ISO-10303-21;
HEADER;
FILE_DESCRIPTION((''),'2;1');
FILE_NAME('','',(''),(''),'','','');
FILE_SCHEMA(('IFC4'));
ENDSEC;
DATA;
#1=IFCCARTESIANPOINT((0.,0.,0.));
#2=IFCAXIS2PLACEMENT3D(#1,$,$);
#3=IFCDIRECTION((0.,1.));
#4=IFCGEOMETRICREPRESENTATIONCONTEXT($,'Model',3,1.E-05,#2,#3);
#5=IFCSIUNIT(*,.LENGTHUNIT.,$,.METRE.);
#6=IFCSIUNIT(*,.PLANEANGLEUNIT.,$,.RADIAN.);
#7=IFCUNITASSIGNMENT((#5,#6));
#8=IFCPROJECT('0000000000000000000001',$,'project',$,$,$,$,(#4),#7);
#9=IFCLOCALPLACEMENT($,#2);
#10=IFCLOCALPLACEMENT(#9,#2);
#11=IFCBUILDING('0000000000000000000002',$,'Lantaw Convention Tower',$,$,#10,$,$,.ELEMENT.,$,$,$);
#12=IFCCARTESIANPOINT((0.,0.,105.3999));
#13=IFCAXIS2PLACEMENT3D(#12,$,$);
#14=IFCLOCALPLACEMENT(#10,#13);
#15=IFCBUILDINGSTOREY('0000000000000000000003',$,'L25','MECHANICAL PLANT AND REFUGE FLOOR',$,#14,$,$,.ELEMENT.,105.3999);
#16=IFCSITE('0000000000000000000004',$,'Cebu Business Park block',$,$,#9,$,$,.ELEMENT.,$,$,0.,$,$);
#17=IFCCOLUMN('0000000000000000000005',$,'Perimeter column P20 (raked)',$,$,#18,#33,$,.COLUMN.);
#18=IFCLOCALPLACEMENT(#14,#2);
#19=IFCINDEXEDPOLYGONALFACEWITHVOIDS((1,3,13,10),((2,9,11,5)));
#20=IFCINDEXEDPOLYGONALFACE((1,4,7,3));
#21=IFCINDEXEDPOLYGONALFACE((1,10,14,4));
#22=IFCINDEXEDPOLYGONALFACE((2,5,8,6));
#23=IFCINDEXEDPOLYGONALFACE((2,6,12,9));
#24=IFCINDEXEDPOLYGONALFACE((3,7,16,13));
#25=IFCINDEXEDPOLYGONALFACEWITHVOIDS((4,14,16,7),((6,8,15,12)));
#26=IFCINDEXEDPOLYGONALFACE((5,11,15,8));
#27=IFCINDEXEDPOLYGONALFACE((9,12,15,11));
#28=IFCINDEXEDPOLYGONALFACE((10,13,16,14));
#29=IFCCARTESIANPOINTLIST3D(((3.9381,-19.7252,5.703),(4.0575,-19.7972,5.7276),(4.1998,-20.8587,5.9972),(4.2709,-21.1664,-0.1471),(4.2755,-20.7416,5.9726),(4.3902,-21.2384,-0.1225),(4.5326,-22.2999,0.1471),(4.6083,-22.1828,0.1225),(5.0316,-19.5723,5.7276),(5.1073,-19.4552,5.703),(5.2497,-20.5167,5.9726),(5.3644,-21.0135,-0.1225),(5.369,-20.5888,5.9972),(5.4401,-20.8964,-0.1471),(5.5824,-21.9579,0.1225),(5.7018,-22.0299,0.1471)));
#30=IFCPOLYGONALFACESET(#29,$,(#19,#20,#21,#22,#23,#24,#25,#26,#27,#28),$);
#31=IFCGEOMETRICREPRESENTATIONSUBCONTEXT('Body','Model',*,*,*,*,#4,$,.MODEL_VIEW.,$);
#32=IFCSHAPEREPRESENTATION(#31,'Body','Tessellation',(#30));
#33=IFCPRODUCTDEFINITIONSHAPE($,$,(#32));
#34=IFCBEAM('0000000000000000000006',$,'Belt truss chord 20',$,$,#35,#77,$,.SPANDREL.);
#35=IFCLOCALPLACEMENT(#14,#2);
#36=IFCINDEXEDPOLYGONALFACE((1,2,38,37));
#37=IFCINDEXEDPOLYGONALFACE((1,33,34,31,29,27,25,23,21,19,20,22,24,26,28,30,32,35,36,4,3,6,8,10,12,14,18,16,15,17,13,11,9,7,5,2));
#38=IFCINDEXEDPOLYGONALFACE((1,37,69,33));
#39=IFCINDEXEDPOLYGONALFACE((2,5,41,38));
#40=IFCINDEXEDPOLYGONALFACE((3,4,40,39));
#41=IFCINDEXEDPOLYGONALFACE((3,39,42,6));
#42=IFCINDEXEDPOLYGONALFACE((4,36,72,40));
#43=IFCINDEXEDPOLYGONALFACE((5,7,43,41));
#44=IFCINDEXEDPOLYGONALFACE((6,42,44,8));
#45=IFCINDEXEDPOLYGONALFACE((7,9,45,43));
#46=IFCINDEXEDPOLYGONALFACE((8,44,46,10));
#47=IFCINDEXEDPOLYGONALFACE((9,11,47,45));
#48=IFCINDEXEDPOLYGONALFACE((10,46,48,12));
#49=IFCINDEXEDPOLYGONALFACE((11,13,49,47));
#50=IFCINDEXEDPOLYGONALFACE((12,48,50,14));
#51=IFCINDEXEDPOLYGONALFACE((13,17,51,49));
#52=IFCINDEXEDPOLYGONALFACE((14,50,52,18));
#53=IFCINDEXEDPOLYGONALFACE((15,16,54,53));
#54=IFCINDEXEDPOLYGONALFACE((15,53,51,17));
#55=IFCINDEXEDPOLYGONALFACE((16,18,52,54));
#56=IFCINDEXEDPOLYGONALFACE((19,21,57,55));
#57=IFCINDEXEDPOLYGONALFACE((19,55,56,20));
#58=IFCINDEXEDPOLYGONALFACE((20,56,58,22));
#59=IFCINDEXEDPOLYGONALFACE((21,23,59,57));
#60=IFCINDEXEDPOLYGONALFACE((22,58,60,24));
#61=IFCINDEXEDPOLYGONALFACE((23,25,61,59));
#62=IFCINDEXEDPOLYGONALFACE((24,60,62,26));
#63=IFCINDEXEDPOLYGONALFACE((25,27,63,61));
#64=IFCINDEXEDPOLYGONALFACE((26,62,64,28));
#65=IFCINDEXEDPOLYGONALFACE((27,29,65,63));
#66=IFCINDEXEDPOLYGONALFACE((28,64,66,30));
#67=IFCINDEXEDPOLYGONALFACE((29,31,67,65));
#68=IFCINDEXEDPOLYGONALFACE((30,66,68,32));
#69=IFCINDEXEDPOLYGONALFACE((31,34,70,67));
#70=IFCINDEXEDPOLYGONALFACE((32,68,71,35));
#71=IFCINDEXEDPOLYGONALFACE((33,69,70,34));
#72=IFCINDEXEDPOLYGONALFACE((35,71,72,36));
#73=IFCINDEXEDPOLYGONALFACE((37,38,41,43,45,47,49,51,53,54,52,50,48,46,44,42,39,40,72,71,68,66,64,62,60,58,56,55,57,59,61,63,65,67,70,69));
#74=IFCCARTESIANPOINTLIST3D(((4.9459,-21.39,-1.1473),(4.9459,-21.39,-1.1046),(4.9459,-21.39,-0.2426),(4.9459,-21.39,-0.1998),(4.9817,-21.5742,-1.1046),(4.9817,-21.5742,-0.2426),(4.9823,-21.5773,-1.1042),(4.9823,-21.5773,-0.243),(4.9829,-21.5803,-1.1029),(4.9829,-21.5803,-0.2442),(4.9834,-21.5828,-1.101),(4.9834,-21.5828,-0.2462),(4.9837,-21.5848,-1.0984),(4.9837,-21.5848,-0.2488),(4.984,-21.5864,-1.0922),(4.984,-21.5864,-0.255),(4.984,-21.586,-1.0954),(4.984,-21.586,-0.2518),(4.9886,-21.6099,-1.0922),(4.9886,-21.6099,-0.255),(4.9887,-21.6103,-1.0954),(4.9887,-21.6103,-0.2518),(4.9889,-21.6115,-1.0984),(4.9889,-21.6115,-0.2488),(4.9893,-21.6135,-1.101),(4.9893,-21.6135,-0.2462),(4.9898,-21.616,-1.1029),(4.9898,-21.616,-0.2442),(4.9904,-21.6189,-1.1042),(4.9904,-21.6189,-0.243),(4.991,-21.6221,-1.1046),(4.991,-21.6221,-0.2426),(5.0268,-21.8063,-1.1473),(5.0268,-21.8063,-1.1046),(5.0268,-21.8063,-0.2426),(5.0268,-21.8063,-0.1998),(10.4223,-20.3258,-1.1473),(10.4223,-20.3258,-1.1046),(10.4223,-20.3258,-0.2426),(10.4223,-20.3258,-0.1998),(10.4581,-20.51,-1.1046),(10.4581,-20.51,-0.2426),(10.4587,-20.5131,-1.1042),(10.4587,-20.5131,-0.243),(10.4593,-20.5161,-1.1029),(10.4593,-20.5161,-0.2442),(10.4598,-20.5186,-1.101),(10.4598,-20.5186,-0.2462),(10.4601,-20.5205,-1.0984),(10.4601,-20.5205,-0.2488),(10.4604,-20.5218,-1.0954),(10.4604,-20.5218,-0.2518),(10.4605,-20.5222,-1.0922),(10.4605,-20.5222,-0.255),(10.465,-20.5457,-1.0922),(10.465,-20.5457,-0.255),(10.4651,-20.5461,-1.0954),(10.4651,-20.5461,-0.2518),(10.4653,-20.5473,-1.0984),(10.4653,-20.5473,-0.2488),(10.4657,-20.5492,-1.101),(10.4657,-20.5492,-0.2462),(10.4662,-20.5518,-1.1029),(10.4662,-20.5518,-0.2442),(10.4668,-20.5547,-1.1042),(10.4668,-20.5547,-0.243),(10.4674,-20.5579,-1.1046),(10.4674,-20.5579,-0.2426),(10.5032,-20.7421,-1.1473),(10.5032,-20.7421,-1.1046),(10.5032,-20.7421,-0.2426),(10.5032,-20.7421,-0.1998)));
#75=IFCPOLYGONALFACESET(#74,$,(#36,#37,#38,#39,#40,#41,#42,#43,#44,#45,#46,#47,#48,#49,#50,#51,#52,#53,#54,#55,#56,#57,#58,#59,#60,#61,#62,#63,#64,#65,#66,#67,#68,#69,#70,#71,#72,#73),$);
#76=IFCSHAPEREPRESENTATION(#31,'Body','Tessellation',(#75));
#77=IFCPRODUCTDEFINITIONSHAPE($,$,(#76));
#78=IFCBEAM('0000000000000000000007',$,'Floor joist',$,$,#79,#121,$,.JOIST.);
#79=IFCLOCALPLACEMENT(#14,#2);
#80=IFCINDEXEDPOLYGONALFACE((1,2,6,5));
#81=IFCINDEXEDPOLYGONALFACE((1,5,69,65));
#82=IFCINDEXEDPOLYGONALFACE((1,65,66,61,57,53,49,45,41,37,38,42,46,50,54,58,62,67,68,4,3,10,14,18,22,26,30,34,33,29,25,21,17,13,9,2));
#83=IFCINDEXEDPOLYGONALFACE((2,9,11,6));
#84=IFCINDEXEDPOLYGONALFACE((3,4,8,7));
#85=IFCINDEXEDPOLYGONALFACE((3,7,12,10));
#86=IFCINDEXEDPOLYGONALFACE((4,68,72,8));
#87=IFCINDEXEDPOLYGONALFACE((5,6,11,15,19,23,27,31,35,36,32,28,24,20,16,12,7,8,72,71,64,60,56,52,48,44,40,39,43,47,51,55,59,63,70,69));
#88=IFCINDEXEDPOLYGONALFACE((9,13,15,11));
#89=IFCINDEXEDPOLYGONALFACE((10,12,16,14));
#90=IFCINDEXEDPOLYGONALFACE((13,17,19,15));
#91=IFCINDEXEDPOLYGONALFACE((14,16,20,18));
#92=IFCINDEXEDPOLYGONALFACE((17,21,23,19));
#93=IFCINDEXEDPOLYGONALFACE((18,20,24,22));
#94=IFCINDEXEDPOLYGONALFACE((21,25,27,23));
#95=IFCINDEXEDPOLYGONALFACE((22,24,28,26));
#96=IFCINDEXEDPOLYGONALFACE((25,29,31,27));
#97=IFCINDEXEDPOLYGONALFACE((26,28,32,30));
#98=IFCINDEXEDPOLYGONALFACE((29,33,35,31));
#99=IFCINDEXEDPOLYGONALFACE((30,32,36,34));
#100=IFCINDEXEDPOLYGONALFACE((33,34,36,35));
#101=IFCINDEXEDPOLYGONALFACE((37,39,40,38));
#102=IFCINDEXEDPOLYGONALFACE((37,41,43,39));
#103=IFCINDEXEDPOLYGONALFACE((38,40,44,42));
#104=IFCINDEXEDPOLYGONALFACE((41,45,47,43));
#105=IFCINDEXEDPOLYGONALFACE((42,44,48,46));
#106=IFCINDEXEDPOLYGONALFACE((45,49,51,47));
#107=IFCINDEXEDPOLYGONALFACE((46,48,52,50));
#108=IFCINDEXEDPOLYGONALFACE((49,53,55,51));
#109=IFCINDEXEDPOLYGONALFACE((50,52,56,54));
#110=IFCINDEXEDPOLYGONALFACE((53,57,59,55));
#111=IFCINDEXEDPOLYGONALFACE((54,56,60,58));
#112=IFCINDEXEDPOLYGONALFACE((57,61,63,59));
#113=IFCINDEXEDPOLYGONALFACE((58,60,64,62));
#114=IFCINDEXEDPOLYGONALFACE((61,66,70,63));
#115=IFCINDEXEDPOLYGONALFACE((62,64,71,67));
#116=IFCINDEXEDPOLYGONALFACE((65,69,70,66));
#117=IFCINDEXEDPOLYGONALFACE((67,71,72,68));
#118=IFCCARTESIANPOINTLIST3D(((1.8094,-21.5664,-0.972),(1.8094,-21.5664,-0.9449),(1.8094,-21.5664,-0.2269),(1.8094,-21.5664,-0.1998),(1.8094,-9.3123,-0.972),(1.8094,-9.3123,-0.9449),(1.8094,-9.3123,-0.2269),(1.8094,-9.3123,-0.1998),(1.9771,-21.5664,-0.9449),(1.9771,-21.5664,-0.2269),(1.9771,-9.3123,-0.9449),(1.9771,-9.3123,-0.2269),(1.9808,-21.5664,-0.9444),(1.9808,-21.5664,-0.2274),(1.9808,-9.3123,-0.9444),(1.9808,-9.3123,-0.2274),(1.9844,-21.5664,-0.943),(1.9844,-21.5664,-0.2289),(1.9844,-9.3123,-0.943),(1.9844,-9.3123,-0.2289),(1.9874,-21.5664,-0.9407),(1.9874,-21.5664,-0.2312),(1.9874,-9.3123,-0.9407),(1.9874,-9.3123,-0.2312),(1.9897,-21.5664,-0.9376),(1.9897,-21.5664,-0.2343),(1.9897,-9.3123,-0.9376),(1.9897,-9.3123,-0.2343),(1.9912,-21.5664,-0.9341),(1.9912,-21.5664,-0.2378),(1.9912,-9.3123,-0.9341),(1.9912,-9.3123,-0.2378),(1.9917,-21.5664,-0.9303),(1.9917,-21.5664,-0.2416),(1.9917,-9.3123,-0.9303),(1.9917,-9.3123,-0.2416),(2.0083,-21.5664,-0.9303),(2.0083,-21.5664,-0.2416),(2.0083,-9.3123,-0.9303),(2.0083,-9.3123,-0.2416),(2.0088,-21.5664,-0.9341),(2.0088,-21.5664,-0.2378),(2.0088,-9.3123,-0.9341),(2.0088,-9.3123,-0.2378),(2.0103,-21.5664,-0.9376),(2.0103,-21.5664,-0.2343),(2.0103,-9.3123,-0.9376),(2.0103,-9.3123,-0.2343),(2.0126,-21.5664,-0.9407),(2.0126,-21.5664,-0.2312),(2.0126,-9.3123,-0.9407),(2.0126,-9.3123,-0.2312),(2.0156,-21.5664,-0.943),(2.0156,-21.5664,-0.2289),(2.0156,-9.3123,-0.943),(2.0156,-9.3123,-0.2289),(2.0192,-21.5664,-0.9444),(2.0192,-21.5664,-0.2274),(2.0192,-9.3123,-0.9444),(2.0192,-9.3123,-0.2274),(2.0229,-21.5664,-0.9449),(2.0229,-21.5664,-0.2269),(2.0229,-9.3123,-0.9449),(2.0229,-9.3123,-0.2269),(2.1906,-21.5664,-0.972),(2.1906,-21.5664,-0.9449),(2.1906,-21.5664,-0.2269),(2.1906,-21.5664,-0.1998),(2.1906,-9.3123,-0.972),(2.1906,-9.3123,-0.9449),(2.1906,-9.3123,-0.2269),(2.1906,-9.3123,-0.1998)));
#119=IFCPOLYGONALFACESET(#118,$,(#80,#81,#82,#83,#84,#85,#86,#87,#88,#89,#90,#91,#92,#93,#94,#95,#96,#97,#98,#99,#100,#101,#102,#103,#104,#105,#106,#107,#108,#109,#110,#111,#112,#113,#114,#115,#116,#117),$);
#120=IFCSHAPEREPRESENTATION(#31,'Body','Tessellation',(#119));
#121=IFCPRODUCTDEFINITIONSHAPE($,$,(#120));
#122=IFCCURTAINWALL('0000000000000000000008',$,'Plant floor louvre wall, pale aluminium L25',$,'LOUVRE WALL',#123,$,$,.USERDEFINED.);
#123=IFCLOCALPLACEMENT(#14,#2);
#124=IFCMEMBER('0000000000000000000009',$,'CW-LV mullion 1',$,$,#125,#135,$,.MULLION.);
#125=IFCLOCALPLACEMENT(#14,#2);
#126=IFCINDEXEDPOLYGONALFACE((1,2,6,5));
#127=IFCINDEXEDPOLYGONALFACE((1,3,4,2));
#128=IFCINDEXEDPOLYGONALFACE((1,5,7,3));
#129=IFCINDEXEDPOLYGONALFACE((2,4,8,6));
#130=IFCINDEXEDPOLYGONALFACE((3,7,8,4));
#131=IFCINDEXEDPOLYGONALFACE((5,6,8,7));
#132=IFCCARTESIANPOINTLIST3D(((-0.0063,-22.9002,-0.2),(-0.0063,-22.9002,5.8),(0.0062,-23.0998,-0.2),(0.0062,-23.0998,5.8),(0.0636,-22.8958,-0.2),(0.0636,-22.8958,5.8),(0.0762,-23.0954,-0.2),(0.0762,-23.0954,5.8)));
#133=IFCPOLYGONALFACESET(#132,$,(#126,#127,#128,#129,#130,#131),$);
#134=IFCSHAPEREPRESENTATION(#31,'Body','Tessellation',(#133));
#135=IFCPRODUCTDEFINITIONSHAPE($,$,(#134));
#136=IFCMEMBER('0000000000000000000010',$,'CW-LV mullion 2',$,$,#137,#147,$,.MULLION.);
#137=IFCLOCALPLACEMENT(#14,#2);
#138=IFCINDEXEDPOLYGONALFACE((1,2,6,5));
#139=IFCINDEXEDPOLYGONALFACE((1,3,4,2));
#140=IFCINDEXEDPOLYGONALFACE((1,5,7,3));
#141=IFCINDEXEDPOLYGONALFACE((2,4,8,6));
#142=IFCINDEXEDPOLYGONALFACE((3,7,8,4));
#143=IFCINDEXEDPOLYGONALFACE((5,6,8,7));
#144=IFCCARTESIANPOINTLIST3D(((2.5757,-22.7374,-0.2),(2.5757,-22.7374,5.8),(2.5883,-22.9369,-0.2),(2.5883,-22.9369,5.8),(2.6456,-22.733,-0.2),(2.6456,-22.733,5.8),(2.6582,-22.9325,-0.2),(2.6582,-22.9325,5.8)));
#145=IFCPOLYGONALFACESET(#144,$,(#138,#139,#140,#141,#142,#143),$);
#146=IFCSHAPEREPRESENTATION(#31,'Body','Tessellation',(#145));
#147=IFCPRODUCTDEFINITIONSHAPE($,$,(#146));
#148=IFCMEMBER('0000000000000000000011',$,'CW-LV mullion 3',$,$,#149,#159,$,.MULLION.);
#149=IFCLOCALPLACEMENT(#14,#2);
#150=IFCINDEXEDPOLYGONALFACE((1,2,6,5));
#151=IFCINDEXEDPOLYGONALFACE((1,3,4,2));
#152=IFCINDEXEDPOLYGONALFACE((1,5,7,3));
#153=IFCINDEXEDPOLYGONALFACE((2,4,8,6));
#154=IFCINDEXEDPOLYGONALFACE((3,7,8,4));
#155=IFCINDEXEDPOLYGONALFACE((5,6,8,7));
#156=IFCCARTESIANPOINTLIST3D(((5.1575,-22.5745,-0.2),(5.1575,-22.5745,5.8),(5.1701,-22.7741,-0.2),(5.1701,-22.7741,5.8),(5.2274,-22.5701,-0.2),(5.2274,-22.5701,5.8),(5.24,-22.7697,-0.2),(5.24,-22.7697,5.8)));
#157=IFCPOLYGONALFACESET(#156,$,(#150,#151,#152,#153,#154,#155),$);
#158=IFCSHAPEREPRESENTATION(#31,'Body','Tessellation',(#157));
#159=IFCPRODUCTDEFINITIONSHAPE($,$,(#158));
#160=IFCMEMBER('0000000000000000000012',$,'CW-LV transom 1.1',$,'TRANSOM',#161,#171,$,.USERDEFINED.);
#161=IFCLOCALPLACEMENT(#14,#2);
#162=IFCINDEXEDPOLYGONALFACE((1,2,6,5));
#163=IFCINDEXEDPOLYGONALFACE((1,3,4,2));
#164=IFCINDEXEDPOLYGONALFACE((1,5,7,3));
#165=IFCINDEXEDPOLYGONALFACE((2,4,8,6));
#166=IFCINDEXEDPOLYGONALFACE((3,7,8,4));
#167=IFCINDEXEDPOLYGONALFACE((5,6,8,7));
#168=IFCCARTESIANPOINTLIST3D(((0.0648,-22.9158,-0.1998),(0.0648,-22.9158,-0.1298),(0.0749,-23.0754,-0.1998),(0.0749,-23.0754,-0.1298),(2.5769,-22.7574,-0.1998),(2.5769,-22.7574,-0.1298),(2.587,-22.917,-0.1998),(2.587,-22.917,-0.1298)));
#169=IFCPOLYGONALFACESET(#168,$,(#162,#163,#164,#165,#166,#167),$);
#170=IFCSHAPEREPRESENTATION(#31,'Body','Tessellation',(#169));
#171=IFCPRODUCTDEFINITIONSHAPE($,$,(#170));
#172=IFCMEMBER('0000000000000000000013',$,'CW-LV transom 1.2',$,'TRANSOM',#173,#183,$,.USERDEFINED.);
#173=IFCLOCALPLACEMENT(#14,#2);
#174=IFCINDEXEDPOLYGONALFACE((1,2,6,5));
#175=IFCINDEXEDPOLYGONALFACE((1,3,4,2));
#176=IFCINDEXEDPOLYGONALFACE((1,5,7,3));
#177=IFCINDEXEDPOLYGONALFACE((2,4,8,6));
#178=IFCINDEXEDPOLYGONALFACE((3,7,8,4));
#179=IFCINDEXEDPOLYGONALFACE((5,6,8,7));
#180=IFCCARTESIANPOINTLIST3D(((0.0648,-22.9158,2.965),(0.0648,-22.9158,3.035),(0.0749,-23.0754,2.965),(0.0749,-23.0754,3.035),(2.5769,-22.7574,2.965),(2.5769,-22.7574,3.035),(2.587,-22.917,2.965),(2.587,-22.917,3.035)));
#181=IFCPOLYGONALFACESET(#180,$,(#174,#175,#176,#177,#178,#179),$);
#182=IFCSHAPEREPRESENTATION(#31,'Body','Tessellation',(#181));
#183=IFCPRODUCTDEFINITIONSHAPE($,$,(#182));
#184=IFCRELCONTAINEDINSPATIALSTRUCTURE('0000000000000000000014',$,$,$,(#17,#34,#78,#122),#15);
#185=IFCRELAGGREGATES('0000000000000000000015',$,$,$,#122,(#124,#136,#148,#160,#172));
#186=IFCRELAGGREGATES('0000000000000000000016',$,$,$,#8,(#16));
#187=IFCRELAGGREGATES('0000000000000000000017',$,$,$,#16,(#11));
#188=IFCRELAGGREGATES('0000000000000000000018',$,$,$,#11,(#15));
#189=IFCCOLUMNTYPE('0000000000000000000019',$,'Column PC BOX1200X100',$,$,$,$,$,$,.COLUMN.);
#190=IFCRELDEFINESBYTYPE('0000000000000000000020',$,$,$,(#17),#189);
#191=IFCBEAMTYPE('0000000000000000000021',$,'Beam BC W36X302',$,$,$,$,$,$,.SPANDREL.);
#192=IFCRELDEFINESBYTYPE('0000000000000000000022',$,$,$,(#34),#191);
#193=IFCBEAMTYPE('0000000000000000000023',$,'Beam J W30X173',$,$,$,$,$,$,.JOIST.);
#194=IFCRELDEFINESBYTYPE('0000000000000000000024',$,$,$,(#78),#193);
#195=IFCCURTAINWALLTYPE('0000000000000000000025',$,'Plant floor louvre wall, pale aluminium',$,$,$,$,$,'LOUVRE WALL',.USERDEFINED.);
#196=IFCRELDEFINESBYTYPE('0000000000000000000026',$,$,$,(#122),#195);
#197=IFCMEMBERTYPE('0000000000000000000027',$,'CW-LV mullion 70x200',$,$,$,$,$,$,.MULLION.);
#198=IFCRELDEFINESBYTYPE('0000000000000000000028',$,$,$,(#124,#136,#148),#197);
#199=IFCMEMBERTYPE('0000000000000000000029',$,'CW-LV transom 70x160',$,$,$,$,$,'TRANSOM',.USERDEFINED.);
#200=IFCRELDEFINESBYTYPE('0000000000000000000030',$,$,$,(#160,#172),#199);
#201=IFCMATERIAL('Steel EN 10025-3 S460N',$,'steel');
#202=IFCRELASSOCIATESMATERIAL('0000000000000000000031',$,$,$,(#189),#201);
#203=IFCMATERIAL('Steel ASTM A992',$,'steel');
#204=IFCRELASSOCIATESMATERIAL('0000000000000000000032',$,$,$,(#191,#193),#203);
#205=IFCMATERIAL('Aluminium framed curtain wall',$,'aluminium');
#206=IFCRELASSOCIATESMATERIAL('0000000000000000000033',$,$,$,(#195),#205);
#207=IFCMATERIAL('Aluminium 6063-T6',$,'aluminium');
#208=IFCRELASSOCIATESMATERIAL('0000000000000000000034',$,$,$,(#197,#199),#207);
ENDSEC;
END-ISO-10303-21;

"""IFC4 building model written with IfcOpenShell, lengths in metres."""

from ifc_helpers import new_model, si_unit, direction, frame, origin, origin_2d, place, context, subcontext, project, spatial, rectangle, hollow_rectangle, i_section, extrude, material, material_profile, profile_set, type_object, element, aggregate, save


model = new_model("IFC4")

# Units and contexts
model_context = context("Model", 3, precision=1e-05, world=origin(), true_north=direction((0.0, 1.0)))
body_context = subcontext(model_context, "Body", "Model", "MODEL_VIEW")
ifc_project = project(units=[si_unit("LENGTHUNIT", "METRE"), si_unit("PLANEANGLEUNIT", "RADIAN")], contexts=[model_context])

# Site, building, storey
site_placement = place(None, origin())
site = spatial("IfcSite", under=ifc_project, at=site_placement, Name="Cebu Business Park block", CompositionType="ELEMENT", RefElevation=0.0)
building_placement = place(site_placement, origin())
building = spatial("IfcBuilding", under=site, at=building_placement, Name="Lantaw Convention Tower", CompositionType="ELEMENT")
storey_placement = place(building_placement, frame((0.0, 0.0, 105.3999)))
storey = spatial("IfcBuildingStorey", under=building, at=storey_placement, Name="L25", Description="MECHANICAL PLANT AND REFUGE FLOOR", CompositionType="ELEMENT", Elevation=105.3999)

# Column
ifc_material_1 = material(Name="Steel EN 10025-3 S460N", Category="steel")
ifc_material_profile_1 = material_profile(ifc_material_1, hollow_rectangle(XDim=1.2, YDim=1.2, WallThickness=0.1001, at=origin_2d()), Name="BOX1200X100")
ifc_material_2 = material(Name="Concrete C60/75", Category="concrete")
ifc_material_profile_2 = material_profile(ifc_material_2, rectangle(XDim=1.0, YDim=1.0, at=origin_2d()), Name="Concrete fill of BOX1200X100")
ifc_profile_set_1 = profile_set([ifc_material_profile_1, ifc_material_profile_2], Name="Steel EN 10025-3 S460N")
column_type = type_object("IfcColumnType", Name="Column PC BOX1200X100", PredefinedType="COLUMN", material=ifc_profile_set_1)
column_placement = place(storey_placement, frame((4.9863, -21.5981, 0.0), z_axis=(-0.055146, 0.238833, 0.969493), x_axis=(-0.974363, -0.22498, 0.0)))
element("IfcColumn", 1, at=column_placement, inside=storey, type_object=column_type, Name="Perimeter column P20 (raked)", PredefinedType="COLUMN", context=body_context, shape_type="SweptSolid", body=[
    extrude(hollow_rectangle(XDim=1.2, YDim=1.2, WallThickness=0.1001, at=origin_2d()), origin(), (0.0, 0.0, 1.0), 6.0342),
])

# Beams
ifc_material_3 = material(Name="Steel ASTM A992", Category="steel")
ifc_material_profile_3 = material_profile(ifc_material_3, i_section(OverallWidth=0.4241, OverallDepth=0.9475, WebThickness=0.0239, FlangeThickness=0.0427, FilletRadius=0.0125, at=origin_2d()), Name="W36X302")
ifc_profile_set_2 = profile_set([ifc_material_profile_3], Name="Steel ASTM A992")
beam_type_1 = type_object("IfcBeamType", Name="Beam BC W36X302", PredefinedType="SPANDREL", material=ifc_profile_set_2)
beam_1_placement = place(storey_placement, frame((4.9863, -21.5981, -0.6736), z_axis=(0.981637, 0.190761, 0.0), x_axis=(-0.190761, 0.981637, 0.0)))
element("IfcBeam", 2, at=beam_1_placement, inside=storey, type_object=beam_type_1, Name="Belt truss chord 20", PredefinedType="SPANDREL", context=body_context, shape_type="SweptSolid", body=[
    extrude(i_section(OverallWidth=0.4241, OverallDepth=0.9475, WebThickness=0.0239, FlangeThickness=0.0427, FilletRadius=0.0125, at=origin_2d()), origin(), (0.0, 0.0, 1.0), 5.5789),
])
ifc_material_profile_4 = material_profile(ifc_material_3, i_section(OverallWidth=0.3811, OverallDepth=0.7722, WebThickness=0.0166, FlangeThickness=0.0271, FilletRadius=0.0146, at=origin_2d()), Name="W30X173")
ifc_profile_set_3 = profile_set([ifc_material_profile_4], Name="Steel ASTM A992")
beam_type_2 = type_object("IfcBeamType", Name="Beam J W30X173", PredefinedType="JOIST", material=ifc_profile_set_3)
beam_2_placement = place(storey_placement, frame((2.0, -21.5664, -0.5859), z_axis=(0.0, 1.0, 0.0), x_axis=(-1.0, 0.0, 0.0)))
element("IfcBeam", 3, at=beam_2_placement, inside=storey, type_object=beam_type_2, Name="Floor joist", PredefinedType="JOIST", context=body_context, shape_type="SweptSolid", body=[
    extrude(i_section(OverallWidth=0.3811, OverallDepth=0.7722, WebThickness=0.0166, FlangeThickness=0.0271, FilletRadius=0.0146, at=origin_2d()), origin(), (0.0, 0.0, 1.0), 12.2542),
])

# Curtain wall, members
ifc_material_4 = material(Name="Aluminium framed curtain wall", Category="aluminium")
curtain_wall_type = type_object("IfcCurtainWallType", Name="Plant floor louvre wall, pale aluminium", ElementType="LOUVRE WALL", PredefinedType="USERDEFINED", material=ifc_material_4)
curtain_wall_placement = place(storey_placement, origin())
curtain_wall = element("IfcCurtainWall", 4, at=curtain_wall_placement, inside=storey, type_object=curtain_wall_type, Name="Plant floor louvre wall, pale aluminium L25", ObjectType="LOUVRE WALL", PredefinedType="USERDEFINED")
ifc_material_5 = material(Name="Aluminium 6063-T6", Category="aluminium")
ifc_material_profile_5 = material_profile(ifc_material_5, rectangle(XDim=0.2, YDim=0.0701, at=origin_2d()), Name="CW-LV mullion 70x200")
ifc_profile_set_4 = profile_set([ifc_material_profile_5], Name="Aluminium 6063-T6")
member_type_1 = type_object("IfcMemberType", Name="CW-LV mullion 70x200", PredefinedType="MULLION", material=ifc_profile_set_4)
member_1_placement = place(storey_placement, frame((0.0349, -22.9978, -0.2), z_axis=(0.0, 0.0, 1.0), x_axis=(-0.062958, 0.998016, 0.0)))
member_1 = element("IfcMember", 5, at=member_1_placement, type_object=member_type_1, Name="CW-LV mullion 1", PredefinedType="MULLION", context=body_context, shape_type="SweptSolid", body=[
    extrude(rectangle(XDim=0.2, YDim=0.0701, at=origin_2d()), origin(), (0.0, 0.0, 1.0), 6.0),
])
member_2_placement = place(storey_placement, frame((2.6169, -22.835, -0.2), z_axis=(0.0, 0.0, 1.0), x_axis=(-0.062958, 0.998016, 0.0)))
member_2 = element("IfcMember", 6, at=member_2_placement, type_object=member_type_1, Name="CW-LV mullion 2", PredefinedType="MULLION", context=body_context, shape_type="SweptSolid", body=[
    extrude(rectangle(XDim=0.2, YDim=0.0701, at=origin_2d()), origin(), (0.0, 0.0, 1.0), 6.0),
])
member_3_placement = place(storey_placement, frame((5.1987, -22.6721, -0.2), z_axis=(0.0, 0.0, 1.0), x_axis=(-0.062958, 0.998016, 0.0)))
member_3 = element("IfcMember", 7, at=member_3_placement, type_object=member_type_1, Name="CW-LV mullion 3", PredefinedType="MULLION", context=body_context, shape_type="SweptSolid", body=[
    extrude(rectangle(XDim=0.2, YDim=0.0701, at=origin_2d()), origin(), (0.0, 0.0, 1.0), 6.0),
])
ifc_material_profile_6 = material_profile(ifc_material_5, rectangle(XDim=0.1599, YDim=0.0701, at=origin_2d()), Name="CW-LV transom 70x160")
ifc_profile_set_5 = profile_set([ifc_material_profile_6], Name="Aluminium 6063-T6")
member_type_2 = type_object("IfcMemberType", Name="CW-LV transom 70x160", ElementType="TRANSOM", PredefinedType="USERDEFINED", material=ifc_profile_set_5)
member_4_placement = place(storey_placement, frame((0.0698, -22.9956, -0.1648), z_axis=(0.998017, 0.062946, 0.0), x_axis=(-0.062946, 0.998017, 0.0)))
member_4 = element("IfcMember", 8, at=member_4_placement, type_object=member_type_2, Name="CW-LV transom 1.1", ObjectType="TRANSOM", PredefinedType="USERDEFINED", context=body_context, shape_type="SweptSolid", body=[
    extrude(rectangle(XDim=0.1599, YDim=0.0701, at=origin_2d()), origin(), (0.0, 0.0, 1.0), 2.5171),
])
member_5_placement = place(storey_placement, frame((0.0698, -22.9956, 3.0), z_axis=(0.998017, 0.062946, 0.0), x_axis=(-0.062946, 0.998017, 0.0)))
member_5 = element("IfcMember", 9, at=member_5_placement, type_object=member_type_2, Name="CW-LV transom 1.2", ObjectType="TRANSOM", PredefinedType="USERDEFINED", context=body_context, shape_type="SweptSolid", body=[
    extrude(rectangle(XDim=0.1599, YDim=0.0701, at=origin_2d()), origin(), (0.0, 0.0, 1.0), 2.5171),
])

aggregate(curtain_wall, [member_1, member_2, member_3, member_4, member_5])

save(model, "model.ifc")
